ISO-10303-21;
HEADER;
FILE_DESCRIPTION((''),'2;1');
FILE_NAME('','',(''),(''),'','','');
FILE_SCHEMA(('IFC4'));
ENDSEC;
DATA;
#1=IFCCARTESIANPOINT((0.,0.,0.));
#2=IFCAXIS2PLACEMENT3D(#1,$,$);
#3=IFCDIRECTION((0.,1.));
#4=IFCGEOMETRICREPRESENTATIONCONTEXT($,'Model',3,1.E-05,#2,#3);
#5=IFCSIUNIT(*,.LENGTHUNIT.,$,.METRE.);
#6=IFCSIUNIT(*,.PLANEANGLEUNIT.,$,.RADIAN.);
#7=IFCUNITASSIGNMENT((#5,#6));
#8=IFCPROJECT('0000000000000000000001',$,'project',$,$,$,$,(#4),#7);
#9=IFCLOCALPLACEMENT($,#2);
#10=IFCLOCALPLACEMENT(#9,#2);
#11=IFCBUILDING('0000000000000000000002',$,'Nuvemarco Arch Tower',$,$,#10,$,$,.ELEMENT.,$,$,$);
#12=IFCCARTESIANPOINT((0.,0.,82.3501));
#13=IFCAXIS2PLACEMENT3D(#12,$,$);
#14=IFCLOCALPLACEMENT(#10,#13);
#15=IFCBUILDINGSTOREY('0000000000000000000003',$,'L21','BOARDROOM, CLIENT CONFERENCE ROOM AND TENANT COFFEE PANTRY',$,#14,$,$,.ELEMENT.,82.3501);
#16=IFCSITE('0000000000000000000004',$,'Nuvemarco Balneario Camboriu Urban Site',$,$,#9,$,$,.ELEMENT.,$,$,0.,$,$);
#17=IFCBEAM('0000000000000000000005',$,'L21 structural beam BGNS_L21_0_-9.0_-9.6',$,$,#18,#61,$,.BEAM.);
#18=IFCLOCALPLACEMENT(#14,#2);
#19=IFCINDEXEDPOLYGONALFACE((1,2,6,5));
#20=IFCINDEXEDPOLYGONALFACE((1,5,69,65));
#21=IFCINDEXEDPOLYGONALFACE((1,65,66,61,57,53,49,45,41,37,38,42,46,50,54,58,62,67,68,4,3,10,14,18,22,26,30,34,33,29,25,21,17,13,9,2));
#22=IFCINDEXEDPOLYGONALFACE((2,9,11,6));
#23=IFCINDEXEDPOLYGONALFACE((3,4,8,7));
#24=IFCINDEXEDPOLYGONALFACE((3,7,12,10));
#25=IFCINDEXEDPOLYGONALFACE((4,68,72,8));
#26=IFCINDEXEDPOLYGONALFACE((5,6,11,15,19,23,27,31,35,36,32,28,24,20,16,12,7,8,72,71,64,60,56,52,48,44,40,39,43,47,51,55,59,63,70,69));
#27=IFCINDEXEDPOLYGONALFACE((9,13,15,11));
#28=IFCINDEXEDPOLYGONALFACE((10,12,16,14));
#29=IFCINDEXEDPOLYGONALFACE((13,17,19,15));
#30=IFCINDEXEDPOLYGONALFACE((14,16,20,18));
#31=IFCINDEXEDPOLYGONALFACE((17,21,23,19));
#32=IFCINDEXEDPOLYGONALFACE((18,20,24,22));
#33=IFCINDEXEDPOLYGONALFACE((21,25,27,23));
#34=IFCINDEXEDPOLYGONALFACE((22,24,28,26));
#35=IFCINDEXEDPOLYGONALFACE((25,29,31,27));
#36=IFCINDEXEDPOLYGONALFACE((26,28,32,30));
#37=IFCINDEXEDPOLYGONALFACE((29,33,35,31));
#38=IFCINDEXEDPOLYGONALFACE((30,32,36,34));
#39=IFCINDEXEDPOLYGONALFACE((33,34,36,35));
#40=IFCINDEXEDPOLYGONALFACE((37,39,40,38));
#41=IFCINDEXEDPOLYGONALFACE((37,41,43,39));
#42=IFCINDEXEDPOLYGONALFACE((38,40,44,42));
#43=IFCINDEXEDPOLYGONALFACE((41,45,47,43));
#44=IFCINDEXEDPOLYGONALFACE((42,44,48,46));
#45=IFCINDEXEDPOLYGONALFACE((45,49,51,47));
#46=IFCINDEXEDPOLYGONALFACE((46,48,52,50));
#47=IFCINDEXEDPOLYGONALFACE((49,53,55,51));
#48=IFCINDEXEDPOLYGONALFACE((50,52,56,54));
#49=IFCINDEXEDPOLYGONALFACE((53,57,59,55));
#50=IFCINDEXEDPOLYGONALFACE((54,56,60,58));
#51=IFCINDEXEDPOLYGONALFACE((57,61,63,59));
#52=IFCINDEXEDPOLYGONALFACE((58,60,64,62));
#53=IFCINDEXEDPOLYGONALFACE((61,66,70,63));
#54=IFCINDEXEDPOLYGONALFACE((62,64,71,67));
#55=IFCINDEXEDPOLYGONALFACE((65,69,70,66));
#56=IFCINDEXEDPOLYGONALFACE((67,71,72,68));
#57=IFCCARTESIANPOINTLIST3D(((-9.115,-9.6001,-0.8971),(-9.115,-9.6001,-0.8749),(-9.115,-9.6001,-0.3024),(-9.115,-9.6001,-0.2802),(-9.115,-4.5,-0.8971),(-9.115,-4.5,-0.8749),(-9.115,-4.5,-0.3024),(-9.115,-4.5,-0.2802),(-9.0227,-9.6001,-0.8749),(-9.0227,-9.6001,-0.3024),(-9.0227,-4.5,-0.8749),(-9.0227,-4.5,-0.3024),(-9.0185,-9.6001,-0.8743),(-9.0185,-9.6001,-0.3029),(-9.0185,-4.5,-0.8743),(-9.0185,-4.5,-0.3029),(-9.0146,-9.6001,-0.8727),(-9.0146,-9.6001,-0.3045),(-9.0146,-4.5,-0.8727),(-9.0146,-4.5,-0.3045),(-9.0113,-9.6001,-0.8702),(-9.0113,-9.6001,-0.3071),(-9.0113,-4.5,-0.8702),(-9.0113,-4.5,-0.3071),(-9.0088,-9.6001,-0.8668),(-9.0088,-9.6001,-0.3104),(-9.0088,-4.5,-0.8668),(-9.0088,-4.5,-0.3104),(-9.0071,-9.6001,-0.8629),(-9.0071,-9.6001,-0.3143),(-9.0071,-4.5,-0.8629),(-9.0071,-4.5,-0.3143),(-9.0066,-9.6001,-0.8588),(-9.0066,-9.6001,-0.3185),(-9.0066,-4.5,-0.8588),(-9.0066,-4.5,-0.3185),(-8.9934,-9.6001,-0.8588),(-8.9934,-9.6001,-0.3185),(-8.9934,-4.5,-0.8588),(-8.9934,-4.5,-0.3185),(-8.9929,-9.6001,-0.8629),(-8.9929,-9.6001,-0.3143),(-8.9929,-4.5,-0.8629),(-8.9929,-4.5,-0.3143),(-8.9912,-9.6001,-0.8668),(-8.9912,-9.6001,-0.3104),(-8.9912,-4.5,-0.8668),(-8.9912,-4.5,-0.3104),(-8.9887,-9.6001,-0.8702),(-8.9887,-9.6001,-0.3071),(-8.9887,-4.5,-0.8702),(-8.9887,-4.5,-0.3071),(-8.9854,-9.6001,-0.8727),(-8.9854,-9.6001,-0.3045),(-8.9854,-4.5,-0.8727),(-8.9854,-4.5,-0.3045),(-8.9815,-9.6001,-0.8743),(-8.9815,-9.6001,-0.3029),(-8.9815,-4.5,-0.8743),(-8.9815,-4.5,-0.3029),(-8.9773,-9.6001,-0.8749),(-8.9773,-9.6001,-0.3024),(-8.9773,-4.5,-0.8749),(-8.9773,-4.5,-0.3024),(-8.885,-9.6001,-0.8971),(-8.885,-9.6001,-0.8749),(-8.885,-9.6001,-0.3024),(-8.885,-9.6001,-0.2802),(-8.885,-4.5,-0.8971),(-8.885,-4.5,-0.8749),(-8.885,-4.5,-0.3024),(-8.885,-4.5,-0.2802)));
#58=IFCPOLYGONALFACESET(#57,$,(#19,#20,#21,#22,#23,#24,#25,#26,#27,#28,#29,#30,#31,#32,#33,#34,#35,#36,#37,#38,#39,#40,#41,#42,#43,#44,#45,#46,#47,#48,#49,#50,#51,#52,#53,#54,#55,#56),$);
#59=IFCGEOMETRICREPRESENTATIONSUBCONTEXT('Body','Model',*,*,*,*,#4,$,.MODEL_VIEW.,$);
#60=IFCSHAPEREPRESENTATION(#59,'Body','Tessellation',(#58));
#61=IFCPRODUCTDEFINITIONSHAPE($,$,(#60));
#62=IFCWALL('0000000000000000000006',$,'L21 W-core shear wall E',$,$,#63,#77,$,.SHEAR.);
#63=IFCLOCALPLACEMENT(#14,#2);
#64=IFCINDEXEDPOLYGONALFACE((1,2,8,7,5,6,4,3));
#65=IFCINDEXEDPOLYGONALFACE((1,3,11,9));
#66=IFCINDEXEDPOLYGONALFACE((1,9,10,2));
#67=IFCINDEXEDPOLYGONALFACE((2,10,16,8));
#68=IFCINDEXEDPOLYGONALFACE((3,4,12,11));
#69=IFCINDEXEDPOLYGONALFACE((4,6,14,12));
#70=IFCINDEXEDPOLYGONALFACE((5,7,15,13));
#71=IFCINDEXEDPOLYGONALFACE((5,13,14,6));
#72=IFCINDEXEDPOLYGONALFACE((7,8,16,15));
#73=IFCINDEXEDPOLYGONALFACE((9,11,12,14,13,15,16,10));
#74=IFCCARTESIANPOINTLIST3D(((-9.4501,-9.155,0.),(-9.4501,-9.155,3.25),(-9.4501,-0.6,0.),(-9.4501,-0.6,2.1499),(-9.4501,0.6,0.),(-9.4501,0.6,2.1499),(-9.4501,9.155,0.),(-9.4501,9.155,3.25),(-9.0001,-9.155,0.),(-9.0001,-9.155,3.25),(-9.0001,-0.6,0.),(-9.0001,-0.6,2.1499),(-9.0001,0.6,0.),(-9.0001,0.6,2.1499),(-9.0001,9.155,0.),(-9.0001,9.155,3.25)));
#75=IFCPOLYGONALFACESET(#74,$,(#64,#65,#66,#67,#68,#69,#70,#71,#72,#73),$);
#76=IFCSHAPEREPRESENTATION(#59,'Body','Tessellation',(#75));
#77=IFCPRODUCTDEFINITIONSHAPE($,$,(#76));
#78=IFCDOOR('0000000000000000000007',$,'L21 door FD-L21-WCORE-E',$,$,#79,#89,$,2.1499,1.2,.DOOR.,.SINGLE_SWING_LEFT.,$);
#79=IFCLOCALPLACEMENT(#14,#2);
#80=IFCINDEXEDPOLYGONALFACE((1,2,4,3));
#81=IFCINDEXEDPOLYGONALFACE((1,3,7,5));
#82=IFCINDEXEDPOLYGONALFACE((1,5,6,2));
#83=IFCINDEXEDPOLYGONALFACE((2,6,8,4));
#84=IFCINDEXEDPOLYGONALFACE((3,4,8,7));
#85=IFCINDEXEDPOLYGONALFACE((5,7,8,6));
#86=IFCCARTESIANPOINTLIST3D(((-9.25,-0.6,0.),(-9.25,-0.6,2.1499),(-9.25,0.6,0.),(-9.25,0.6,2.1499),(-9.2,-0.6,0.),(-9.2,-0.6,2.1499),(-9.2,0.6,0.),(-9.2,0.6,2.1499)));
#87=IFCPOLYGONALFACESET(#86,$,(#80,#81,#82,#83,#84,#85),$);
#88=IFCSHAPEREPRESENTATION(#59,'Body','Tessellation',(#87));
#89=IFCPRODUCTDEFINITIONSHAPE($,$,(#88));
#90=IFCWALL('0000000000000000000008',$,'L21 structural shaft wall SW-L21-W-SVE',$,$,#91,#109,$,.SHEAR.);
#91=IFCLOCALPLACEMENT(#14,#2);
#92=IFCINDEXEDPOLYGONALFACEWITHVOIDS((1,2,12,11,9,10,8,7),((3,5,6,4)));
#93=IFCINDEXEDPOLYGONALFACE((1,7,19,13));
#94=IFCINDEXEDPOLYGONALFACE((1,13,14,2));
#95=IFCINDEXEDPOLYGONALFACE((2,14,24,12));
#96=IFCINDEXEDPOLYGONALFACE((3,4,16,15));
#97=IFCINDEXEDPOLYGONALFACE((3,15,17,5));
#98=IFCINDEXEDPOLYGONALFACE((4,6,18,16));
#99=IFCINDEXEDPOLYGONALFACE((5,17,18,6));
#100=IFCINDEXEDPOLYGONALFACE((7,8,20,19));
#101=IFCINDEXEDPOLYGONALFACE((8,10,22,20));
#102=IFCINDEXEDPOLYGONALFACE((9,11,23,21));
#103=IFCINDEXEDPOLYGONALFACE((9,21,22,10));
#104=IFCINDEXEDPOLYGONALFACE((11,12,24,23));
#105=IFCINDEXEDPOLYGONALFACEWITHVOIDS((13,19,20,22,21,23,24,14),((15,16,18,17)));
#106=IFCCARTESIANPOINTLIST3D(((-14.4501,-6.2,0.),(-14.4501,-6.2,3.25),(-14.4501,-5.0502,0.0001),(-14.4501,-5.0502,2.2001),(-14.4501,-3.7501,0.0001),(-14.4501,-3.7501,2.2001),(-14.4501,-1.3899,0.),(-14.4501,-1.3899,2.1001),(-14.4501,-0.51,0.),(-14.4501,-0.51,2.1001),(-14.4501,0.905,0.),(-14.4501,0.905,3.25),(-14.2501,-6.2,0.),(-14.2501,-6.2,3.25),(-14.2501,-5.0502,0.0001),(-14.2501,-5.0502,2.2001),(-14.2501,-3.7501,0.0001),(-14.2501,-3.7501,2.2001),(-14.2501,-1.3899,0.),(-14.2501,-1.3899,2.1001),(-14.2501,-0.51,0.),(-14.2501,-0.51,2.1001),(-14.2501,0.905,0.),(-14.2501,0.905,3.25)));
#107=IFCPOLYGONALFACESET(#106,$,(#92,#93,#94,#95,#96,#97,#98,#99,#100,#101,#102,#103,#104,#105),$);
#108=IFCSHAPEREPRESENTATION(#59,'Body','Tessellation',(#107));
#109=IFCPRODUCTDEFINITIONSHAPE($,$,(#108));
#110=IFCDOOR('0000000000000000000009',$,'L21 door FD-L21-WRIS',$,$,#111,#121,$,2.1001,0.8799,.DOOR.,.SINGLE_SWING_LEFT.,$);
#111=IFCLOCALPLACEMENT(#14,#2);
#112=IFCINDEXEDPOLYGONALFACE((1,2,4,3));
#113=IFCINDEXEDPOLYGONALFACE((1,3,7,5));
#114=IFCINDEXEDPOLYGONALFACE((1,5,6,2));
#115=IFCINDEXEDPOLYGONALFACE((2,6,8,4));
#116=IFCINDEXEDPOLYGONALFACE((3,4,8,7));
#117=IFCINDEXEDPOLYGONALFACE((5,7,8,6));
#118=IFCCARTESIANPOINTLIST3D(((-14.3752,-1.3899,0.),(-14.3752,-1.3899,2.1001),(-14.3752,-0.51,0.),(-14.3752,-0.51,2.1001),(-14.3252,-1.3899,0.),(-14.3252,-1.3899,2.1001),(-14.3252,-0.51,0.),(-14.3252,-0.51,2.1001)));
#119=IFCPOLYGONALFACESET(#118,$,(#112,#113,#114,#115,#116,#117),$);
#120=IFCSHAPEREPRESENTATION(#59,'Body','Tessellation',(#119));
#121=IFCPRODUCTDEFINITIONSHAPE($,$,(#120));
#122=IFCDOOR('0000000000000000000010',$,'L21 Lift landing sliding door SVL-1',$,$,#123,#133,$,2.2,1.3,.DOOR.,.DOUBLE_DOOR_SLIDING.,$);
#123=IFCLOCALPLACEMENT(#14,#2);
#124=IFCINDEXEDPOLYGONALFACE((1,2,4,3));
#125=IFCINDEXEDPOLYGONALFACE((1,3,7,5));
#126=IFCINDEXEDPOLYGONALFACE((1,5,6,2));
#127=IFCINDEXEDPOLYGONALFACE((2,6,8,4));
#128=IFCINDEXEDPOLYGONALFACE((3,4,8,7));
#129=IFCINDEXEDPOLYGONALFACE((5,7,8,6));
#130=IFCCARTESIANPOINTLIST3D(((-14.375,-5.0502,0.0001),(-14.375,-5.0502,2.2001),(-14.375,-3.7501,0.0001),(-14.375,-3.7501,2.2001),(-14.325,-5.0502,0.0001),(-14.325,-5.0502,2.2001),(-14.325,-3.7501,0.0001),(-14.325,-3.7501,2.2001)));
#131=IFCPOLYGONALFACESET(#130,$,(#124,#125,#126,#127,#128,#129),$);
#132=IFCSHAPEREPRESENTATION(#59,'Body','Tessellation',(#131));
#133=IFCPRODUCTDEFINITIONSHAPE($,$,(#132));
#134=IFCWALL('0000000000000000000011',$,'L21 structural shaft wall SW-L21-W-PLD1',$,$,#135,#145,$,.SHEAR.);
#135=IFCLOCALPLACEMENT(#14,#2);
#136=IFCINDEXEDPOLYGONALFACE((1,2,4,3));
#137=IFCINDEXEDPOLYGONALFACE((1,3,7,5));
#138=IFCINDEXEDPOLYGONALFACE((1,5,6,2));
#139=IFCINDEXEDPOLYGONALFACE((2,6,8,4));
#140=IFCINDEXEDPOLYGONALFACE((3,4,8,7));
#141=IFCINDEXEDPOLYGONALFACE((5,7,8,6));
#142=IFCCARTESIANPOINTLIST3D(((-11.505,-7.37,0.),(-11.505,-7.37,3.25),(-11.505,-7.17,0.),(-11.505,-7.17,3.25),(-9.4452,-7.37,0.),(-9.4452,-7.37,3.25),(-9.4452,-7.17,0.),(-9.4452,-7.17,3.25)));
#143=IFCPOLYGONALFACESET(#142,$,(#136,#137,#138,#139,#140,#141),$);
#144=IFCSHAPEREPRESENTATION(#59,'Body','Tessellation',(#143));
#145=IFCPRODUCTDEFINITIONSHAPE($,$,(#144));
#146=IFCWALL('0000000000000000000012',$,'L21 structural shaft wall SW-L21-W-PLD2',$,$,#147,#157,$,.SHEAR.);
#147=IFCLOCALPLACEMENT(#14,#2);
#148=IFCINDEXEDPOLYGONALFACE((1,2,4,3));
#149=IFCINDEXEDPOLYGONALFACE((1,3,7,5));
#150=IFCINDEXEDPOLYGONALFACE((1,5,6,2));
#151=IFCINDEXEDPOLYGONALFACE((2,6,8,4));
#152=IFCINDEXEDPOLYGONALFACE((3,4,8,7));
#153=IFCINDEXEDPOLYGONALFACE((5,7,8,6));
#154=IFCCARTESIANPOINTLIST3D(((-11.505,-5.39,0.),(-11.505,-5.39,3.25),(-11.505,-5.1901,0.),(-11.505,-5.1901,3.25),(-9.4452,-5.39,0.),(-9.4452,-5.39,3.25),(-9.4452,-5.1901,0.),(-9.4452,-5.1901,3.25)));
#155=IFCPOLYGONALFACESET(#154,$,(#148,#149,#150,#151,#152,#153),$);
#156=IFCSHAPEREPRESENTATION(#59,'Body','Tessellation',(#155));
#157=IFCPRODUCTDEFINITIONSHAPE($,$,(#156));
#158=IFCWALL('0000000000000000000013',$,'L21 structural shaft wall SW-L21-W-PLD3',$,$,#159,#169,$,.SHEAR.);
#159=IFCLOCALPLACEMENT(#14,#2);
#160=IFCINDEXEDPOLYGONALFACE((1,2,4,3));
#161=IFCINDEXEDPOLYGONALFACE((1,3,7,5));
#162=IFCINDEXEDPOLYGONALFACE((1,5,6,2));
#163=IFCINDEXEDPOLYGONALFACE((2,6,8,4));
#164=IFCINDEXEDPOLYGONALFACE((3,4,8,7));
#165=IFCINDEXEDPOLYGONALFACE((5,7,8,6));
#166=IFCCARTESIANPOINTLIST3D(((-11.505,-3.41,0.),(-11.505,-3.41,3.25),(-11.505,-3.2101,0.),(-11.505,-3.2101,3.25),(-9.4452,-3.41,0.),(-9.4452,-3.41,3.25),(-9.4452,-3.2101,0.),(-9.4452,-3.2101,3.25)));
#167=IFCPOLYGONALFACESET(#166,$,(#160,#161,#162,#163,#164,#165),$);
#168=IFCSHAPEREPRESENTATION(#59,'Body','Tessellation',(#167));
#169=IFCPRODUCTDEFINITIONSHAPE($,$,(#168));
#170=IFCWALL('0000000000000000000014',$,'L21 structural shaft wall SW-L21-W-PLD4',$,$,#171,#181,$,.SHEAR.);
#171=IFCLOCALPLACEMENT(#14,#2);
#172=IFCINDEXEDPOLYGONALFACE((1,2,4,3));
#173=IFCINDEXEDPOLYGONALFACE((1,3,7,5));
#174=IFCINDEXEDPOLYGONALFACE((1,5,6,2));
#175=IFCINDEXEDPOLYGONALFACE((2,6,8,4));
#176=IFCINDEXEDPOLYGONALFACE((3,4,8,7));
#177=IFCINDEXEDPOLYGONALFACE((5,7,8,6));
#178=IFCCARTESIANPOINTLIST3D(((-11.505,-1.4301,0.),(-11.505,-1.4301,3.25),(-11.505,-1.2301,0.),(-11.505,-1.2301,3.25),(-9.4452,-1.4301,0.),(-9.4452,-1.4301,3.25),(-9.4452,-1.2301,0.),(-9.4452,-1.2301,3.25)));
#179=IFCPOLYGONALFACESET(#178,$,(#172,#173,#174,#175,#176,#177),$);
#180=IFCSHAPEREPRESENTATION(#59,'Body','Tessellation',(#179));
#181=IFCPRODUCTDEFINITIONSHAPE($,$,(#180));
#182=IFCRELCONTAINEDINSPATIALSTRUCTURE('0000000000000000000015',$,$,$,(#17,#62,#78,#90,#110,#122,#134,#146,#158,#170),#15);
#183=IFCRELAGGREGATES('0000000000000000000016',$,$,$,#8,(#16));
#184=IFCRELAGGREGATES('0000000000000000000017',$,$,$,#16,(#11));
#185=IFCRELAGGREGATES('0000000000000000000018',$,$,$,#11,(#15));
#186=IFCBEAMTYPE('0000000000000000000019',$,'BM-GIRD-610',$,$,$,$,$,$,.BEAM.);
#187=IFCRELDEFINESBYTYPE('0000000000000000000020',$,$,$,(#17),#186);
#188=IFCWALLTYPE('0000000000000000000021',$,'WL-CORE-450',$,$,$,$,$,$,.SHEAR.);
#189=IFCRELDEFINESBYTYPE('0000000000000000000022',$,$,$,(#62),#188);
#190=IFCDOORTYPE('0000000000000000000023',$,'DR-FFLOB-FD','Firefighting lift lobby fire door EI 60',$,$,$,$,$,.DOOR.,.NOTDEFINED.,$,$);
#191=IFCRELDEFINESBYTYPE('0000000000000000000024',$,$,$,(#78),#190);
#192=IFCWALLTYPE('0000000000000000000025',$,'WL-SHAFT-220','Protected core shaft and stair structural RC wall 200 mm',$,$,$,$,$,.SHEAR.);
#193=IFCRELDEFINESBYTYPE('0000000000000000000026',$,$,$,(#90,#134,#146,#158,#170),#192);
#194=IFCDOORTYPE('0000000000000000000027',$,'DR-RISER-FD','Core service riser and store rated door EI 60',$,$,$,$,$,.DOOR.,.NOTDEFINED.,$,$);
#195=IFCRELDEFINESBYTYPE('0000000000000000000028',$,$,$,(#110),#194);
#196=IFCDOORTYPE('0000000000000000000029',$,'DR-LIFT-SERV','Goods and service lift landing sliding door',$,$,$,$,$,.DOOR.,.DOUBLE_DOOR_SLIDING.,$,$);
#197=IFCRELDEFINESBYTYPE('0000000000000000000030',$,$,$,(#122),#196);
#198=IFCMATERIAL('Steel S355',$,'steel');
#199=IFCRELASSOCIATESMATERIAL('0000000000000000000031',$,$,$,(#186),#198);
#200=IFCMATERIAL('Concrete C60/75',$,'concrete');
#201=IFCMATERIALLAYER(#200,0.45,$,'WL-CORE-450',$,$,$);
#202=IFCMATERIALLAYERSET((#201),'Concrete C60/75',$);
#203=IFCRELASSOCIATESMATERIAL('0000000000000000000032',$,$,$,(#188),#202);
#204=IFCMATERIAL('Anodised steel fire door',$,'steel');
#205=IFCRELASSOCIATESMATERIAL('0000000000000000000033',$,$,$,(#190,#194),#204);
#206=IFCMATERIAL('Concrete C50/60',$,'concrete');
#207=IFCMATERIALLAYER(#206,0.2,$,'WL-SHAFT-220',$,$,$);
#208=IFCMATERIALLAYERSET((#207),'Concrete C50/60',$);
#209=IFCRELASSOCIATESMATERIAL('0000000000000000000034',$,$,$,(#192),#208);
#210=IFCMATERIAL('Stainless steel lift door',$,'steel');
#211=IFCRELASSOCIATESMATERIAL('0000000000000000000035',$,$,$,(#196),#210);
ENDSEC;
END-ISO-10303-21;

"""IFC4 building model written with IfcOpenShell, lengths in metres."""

from ifc_helpers import new_model, si_unit, direction, frame, frame_2d, origin, origin_2d, place, context, subcontext, project, spatial, rectangle, i_section, extrude, source, transform, mapped, material, layer, layer_set, material_profile, profile_set, type_object, type_shapes, element, fill, save


model = new_model("IFC4")

# Units and contexts
model_context = context("Model", 3, precision=1e-05, world=origin(), true_north=direction((0.0, 1.0)))
body_context = subcontext(model_context, "Body", "Model", "MODEL_VIEW")
ifc_project = project(units=[si_unit("LENGTHUNIT", "METRE"), si_unit("PLANEANGLEUNIT", "RADIAN")], contexts=[model_context])

# Site, building, storey
site_placement = place(None, origin())
site = spatial("IfcSite", under=ifc_project, at=site_placement, Name="Nuvemarco Balneario Camboriu Urban Site", CompositionType="ELEMENT", RefElevation=0.0)
building_placement = place(site_placement, origin())
building = spatial("IfcBuilding", under=site, at=building_placement, Name="Nuvemarco Arch Tower", CompositionType="ELEMENT")
storey_placement = place(building_placement, frame((0.0, 0.0, 82.3501)))
storey = spatial("IfcBuildingStorey", under=building, at=storey_placement, Name="L21", Description="BOARDROOM, CLIENT CONFERENCE ROOM AND TENANT COFFEE PANTRY", CompositionType="ELEMENT", Elevation=82.3501)

# Beam
ifc_material_1 = material(Name="Steel S355", Category="steel")
ifc_material_profile = material_profile(ifc_material_1, i_section(OverallWidth=0.23, OverallDepth=0.6169, WebThickness=0.0132, FlangeThickness=0.0222, FilletRadius=0.0161, at=origin_2d()), Name="W610x140")
ifc_profile_set = profile_set([ifc_material_profile], Name="Steel S355")
beam_type = type_object("IfcBeamType", Name="BM-GIRD-610", PredefinedType="BEAM", material=ifc_profile_set)
beam_placement = place(storey_placement, frame((-9.0, -9.6001, -0.5886), z_axis=(0.0, 1.0, 0.0), x_axis=(-1.0, 0.0, 0.0)))
element("IfcBeam", 1, at=beam_placement, inside=storey, type_object=beam_type, Name="L21 structural beam BGNS_L21_0_-9.0_-9.6", PredefinedType="BEAM", context=body_context, shape_type="SweptSolid", body=[
    extrude(i_section(OverallWidth=0.23, OverallDepth=0.6169, WebThickness=0.0132, FlangeThickness=0.0222, FilletRadius=0.0161, at=origin_2d()), origin(), (0.0, 0.0, 1.0), 5.1001),
])

# Wall, opening, door
ifc_material_2 = material(Name="Concrete C60/75", Category="concrete")
ifc_layer_1 = layer(ifc_material_2, 0.45, Name="WL-CORE-450")
ifc_layer_set_1 = layer_set([ifc_layer_1], Name="Concrete C60/75")
wall_type_1 = type_object("IfcWallType", Name="WL-CORE-450", PredefinedType="SHEAR", material=ifc_layer_set_1)
wall_1_placement = place(storey_placement, frame((-9.2251, -9.155, 0.0), z_axis=(0.0, 0.0, 1.0), x_axis=(0.0, 1.0, 0.0)))
wall_1 = element("IfcWall", 2, at=wall_1_placement, inside=storey, type_object=wall_type_1, Name="L21 W-core shear wall E", PredefinedType="SHEAR", context=body_context, shape_type="SweptSolid", body=[
    extrude(rectangle(XDim=18.3101, YDim=0.45, at=frame_2d((9.155, 0.0))), origin(), (0.0, 0.0, 1.0), 3.25),
])
opening_1_placement = place(wall_1_placement, frame((8.5549, 0.0, 0.0)))
opening_1 = element("IfcOpeningElement", 3, at=opening_1_placement, cuts=wall_1, PredefinedType="OPENING", context=body_context, shape_type="SweptSolid", body=[
    extrude(rectangle(XDim=1.2, YDim=2.1499, at=frame_2d((0.6001, 1.075))), frame((0.0, 0.2349, 0.0), z_axis=(0.0, -1.0, 0.0), x_axis=(1.0, 0.0, 0.0)), (0.0, 0.0, 1.0), 0.47),
])
ifc_material_3 = material(Name="Anodised steel fire door", Category="steel")
door_type_1 = type_object("IfcDoorType", Name="DR-FFLOB-FD", Description="Firefighting lift lobby fire door EI 60", OperationType="NOTDEFINED", PredefinedType="DOOR", material=ifc_material_3)
shared_shape_1 = source(origin(), body_context, "Body", "SweptSolid", [
    extrude(rectangle(XDim=1.2, YDim=2.1499, at=frame_2d((0.6001, 1.075))), frame((0.0, 0.0249, 0.0), z_axis=(0.0, -1.0, 0.0), x_axis=(1.0, 0.0, 0.0)), (0.0, 0.0, 1.0), 0.05),
])
type_shapes(door_type_1, [shared_shape_1])
door_1_placement = place(opening_1_placement, origin())
door_1 = element("IfcDoor", 4, at=door_1_placement, inside=storey, type_object=door_type_1, Name="L21 door FD-L21-WCORE-E", OperationType="SINGLE_SWING_LEFT", OverallHeight=2.1499, OverallWidth=1.2, PredefinedType="DOOR", context=body_context, shape_type="MappedRepresentation", body=[
    mapped(shared_shape_1, transform((0.0, 0.0, 0.0), scale=1.0)),
])
fill(opening_1, door_1)
ifc_material_4 = material(Name="Concrete C50/60", Category="concrete")
ifc_layer_2 = layer(ifc_material_4, 0.2, Name="WL-SHAFT-220")
ifc_layer_set_2 = layer_set([ifc_layer_2], Name="Concrete C50/60")
wall_type_2 = type_object("IfcWallType", Name="WL-SHAFT-220", Description="Protected core shaft and stair structural RC wall 200 mm", PredefinedType="SHEAR", material=ifc_layer_set_2)
ifc_material_5 = material(Name="Stainless steel lift door", Category="steel")

# Wall, openings, doors
wall_2_placement = place(storey_placement, frame((-14.3501, -6.2, 0.0), z_axis=(0.0, 0.0, 1.0), x_axis=(0.0, 1.0, 0.0)))
wall_2 = element("IfcWall", 5, at=wall_2_placement, inside=storey, type_object=wall_type_2, Name="L21 structural shaft wall SW-L21-W-SVE", PredefinedType="SHEAR", context=body_context, shape_type="SweptSolid", body=[
    extrude(rectangle(XDim=7.105, YDim=0.2, at=frame_2d((3.5525, 0.0))), origin(), (0.0, 0.0, 1.0), 3.25),
])
opening_2_placement = place(wall_2_placement, frame((5.6899, 0.0, 0.0), z_axis=(0.0, 0.0, 1.0), x_axis=(-1.0, 0.0, 0.0)))
opening_2 = element("IfcOpeningElement", 6, at=opening_2_placement, cuts=wall_2, PredefinedType="OPENING", context=body_context, shape_type="SweptSolid", body=[
    extrude(rectangle(XDim=0.8799, YDim=2.1001, at=frame_2d((0.4399, 1.05))), frame((0.0, 0.1099, 0.0), z_axis=(0.0, -1.0, 0.0), x_axis=(1.0, 0.0, 0.0)), (0.0, 0.0, 1.0), 0.22),
])
opening_3_placement = place(wall_2_placement, frame((1.1499, 0.0, 0.0)))
opening_3 = element("IfcOpeningElement", 7, at=opening_3_placement, cuts=wall_2, PredefinedType="OPENING", context=body_context, shape_type="SweptSolid", body=[
    extrude(rectangle(XDim=1.3, YDim=2.2, at=frame_2d((0.6499, 1.1001))), frame((0.0, 0.1099, 0.0), z_axis=(0.0, -1.0, 0.0), x_axis=(1.0, 0.0, 0.0)), (0.0, 0.0, 1.0), 0.22),
])
door_type_2 = type_object("IfcDoorType", Name="DR-RISER-FD", Description="Core service riser and store rated door EI 60", OperationType="NOTDEFINED", PredefinedType="DOOR", material=ifc_material_3)
shared_shape_2 = source(origin(), body_context, "Body", "SweptSolid", [
    extrude(rectangle(XDim=0.8799, YDim=2.1001, at=frame_2d((0.4399, 1.05))), frame((0.0, 0.0249, 0.0), z_axis=(0.0, -1.0, 0.0), x_axis=(1.0, 0.0, 0.0)), (0.0, 0.0, 1.0), 0.05),
])
type_shapes(door_type_2, [shared_shape_2])
door_2_placement = place(opening_2_placement, origin())
door_2 = element("IfcDoor", 8, at=door_2_placement, inside=storey, type_object=door_type_2, Name="L21 door FD-L21-WRIS", OperationType="SINGLE_SWING_LEFT", OverallHeight=2.1001, OverallWidth=0.8799, PredefinedType="DOOR", context=body_context, shape_type="MappedRepresentation", body=[
    mapped(shared_shape_2, transform((0.0, 0.0, 0.0), scale=1.0)),
])
fill(opening_2, door_2)
door_type_3 = type_object("IfcDoorType", Name="DR-LIFT-SERV", Description="Goods and service lift landing sliding door", OperationType="DOUBLE_DOOR_SLIDING", PredefinedType="DOOR", material=ifc_material_5)
shared_shape_3 = source(origin(), body_context, "Body", "SweptSolid", [
    extrude(rectangle(XDim=1.3, YDim=2.2, at=frame_2d((0.6499, 1.1001))), frame((0.0, 0.0249, 0.0), z_axis=(0.0, -1.0, 0.0), x_axis=(1.0, 0.0, 0.0)), (0.0, 0.0, 1.0), 0.05),
])
type_shapes(door_type_3, [shared_shape_3])
door_3_placement = place(opening_3_placement, origin())
door_3 = element("IfcDoor", 9, at=door_3_placement, inside=storey, type_object=door_type_3, Name="L21 Lift landing sliding door SVL-1", OperationType="DOUBLE_DOOR_SLIDING", OverallHeight=2.2, OverallWidth=1.3, PredefinedType="DOOR", context=body_context, shape_type="MappedRepresentation", body=[
    mapped(shared_shape_3, transform((0.0, 0.0, 0.0), scale=1.0)),
])
fill(opening_3, door_3)

# Walls
for number, where, z_axis, x_axis, name in (
    (10, (-11.5049, -7.27, 0.0), (0.0, 0.0, 1.0), (1.0, 0.0, 0.0), "L21 structural shaft wall SW-L21-W-PLD1"),
    (11, (-11.5049, -5.29, 0.0), (0.0, 0.0, 1.0), (1.0, 0.0, 0.0), "L21 structural shaft wall SW-L21-W-PLD2"),
    (12, (-11.5049, -3.3101, 0.0), (0.0, 0.0, 1.0), (1.0, 0.0, 0.0), "L21 structural shaft wall SW-L21-W-PLD3"),
    (13, (-11.5049, -1.3301, 0.0), (0.0, 0.0, 1.0), (1.0, 0.0, 0.0), "L21 structural shaft wall SW-L21-W-PLD4"),
):
    element("IfcWall", number, at=place(storey_placement, frame(where, z_axis=z_axis, x_axis=x_axis)), inside=storey, type_object=wall_type_2, Name=name, PredefinedType="SHEAR", context=body_context, shape_type="SweptSolid", body=[
        extrude(rectangle(XDim=2.0598, YDim=0.2, at=frame_2d((1.0298, 0.0))), origin(), (0.0, 0.0, 1.0), 3.25),
    ])

save(model, "model.ifc")
